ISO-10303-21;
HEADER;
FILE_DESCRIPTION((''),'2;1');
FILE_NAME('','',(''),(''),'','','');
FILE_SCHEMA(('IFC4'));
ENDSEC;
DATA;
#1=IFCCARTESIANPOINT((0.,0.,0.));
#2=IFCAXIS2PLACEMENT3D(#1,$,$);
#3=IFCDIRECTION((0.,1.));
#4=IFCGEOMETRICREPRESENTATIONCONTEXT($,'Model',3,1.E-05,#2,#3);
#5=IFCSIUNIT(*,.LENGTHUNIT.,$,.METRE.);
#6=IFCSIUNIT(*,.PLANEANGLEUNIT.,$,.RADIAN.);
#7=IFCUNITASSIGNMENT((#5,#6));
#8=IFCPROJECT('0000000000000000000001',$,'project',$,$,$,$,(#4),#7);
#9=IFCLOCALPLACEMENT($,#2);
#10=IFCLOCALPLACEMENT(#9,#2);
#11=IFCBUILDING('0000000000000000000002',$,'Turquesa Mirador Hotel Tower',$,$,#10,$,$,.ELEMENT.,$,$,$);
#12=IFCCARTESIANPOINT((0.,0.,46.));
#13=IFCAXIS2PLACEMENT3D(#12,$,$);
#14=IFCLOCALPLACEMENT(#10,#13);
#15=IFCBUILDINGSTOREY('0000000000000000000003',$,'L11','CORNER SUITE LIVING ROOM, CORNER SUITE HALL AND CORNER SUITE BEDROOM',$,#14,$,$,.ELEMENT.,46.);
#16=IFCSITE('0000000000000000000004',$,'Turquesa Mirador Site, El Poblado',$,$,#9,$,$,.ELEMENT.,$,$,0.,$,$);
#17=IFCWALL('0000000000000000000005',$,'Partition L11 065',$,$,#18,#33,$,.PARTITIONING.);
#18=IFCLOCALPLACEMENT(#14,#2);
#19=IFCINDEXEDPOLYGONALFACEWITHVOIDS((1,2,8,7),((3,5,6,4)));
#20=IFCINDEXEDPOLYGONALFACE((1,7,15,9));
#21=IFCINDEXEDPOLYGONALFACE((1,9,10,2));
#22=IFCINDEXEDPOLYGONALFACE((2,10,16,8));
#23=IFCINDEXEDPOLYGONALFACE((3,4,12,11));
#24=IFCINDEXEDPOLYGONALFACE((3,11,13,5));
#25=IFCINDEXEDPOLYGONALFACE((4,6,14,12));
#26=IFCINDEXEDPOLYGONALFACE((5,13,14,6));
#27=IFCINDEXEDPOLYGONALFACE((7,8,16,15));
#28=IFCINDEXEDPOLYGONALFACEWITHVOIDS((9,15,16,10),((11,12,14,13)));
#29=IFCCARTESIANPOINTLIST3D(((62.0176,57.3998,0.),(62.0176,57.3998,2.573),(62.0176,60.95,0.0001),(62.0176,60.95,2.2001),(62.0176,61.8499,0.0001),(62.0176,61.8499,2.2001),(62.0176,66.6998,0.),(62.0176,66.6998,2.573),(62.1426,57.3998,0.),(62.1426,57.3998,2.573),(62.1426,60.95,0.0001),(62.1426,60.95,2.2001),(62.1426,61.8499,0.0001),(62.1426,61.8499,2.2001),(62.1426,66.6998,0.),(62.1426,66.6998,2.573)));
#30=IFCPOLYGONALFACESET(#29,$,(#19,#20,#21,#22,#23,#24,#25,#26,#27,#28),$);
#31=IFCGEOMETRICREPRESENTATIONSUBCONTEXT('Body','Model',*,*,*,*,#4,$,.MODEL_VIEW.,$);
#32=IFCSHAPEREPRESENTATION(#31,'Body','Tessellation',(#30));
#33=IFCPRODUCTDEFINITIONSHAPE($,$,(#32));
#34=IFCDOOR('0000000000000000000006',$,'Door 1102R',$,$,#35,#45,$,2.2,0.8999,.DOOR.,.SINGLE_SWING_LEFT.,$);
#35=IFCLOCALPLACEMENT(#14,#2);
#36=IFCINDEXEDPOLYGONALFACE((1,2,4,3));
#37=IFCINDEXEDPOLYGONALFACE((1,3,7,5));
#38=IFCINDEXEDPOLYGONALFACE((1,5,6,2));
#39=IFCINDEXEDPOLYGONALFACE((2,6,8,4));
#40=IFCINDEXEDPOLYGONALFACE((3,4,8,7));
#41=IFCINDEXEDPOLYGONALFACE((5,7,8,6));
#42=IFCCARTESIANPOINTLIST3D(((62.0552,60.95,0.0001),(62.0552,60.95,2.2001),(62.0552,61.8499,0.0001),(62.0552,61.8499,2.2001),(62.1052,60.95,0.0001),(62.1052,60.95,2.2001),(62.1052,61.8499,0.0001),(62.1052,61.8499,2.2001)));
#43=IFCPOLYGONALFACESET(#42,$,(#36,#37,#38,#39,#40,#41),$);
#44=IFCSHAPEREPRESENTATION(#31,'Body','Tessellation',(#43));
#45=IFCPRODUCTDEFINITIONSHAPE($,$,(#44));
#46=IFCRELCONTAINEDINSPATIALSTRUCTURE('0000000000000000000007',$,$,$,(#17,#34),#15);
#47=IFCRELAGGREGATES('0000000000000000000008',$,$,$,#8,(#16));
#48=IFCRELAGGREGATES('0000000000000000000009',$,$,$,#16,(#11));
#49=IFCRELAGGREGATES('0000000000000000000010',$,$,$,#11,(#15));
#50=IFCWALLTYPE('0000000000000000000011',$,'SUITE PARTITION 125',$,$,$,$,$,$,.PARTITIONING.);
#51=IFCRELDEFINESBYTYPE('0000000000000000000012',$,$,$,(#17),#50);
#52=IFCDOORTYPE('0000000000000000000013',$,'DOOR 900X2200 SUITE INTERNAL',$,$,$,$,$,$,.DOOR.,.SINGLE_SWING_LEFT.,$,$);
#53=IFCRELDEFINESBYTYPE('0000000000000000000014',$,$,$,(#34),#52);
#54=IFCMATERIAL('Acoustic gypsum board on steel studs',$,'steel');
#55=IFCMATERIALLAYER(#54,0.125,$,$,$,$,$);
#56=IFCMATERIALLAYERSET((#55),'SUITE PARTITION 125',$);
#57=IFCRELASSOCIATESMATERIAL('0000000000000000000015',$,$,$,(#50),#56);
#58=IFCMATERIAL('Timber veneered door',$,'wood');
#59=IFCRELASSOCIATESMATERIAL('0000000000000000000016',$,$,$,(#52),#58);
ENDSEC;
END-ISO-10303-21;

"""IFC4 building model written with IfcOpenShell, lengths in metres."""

from ifc_helpers import new_model, si_unit, direction, frame, frame_2d, origin, place, context, subcontext, project, spatial, rectangle, extrude, material, layer, layer_set, type_object, element, fill, save


model = new_model("IFC4")

# Units and contexts
model_context = context("Model", 3, precision=1e-05, world=origin(), true_north=direction((0.0, 1.0)))
body_context = subcontext(model_context, "Body", "Model", "MODEL_VIEW")
ifc_project = project(units=[si_unit("LENGTHUNIT", "METRE"), si_unit("PLANEANGLEUNIT", "RADIAN")], contexts=[model_context])

# Site, building, storey
site_placement = place(None, origin())
site = spatial("IfcSite", under=ifc_project, at=site_placement, Name="Turquesa Mirador Site, El Poblado", CompositionType="ELEMENT", RefElevation=0.0)
building_placement = place(site_placement, origin())
building = spatial("IfcBuilding", under=site, at=building_placement, Name="Turquesa Mirador Hotel Tower", CompositionType="ELEMENT")
storey_placement = place(building_placement, frame((0.0, 0.0, 46.0)))
storey = spatial("IfcBuildingStorey", under=building, at=storey_placement, Name="L11", Description="CORNER SUITE LIVING ROOM, CORNER SUITE HALL AND CORNER SUITE BEDROOM", CompositionType="ELEMENT", Elevation=46.0)

# Wall, opening, door
ifc_material_1 = material(Name="Acoustic gypsum board on steel studs", Category="steel")
ifc_layer_1 = layer(ifc_material_1, 0.125)
ifc_layer_set_1 = layer_set([ifc_layer_1], Name="SUITE PARTITION 125")
wall_type_1 = type_object("IfcWallType", Name="SUITE PARTITION 125", PredefinedType="PARTITIONING", material=ifc_layer_set_1)
wall_1_placement = place(storey_placement, frame((62.0801, 57.3999, 0.0), z_axis=(0.0, 0.0, 1.0), x_axis=(0.0, 1.0, 0.0)))
wall_1 = element("IfcWall", 1, at=wall_1_placement, inside=storey, type_object=wall_type_1, Name="Partition L11 065", PredefinedType="PARTITIONING", context=body_context, shape_type="SweptSolid", body=[
    extrude(rectangle(XDim=9.3, YDim=0.125, at=frame_2d((4.6499, 0.0))), origin(), (0.0, 0.0, 1.0), 2.573),
])
opening_1_placement = place(wall_1_placement, frame((3.55, 0.0, 0.0)))
opening_1 = element("IfcOpeningElement", 2, at=opening_1_placement, cuts=wall_1, PredefinedType="OPENING", context=body_context, shape_type="SweptSolid", body=[
    extrude(rectangle(XDim=0.8999, YDim=2.2, at=frame_2d((0.45, 1.1001))), frame((0.0, 0.0725, 0.0), z_axis=(0.0, -1.0, 0.0), x_axis=(1.0, 0.0, 0.0)), (0.0, 0.0, 1.0), 0.145),
])
ifc_material_2 = material(Name="Timber veneered door", Category="wood")
door_type_1 = type_object("IfcDoorType", Name="DOOR 900X2200 SUITE INTERNAL", OperationType="SINGLE_SWING_LEFT", PredefinedType="DOOR", material=ifc_material_2)
door_1_placement = place(opening_1_placement, origin())
door_1 = element("IfcDoor", 3, at=door_1_placement, inside=storey, type_object=door_type_1, Name="Door 1102R", OperationType="SINGLE_SWING_LEFT", OverallHeight=2.2, OverallWidth=0.8999, PredefinedType="DOOR", context=body_context, shape_type="SweptSolid", body=[
    extrude(rectangle(XDim=0.8999, YDim=2.2, at=frame_2d((0.45, 1.1001))), frame((0.0, 0.0249, 0.0), z_axis=(0.0, -1.0, 0.0), x_axis=(1.0, 0.0, 0.0)), (0.0, 0.0, 1.0), 0.05),
])
fill(opening_1, door_1)

save(model, "model.ifc")
